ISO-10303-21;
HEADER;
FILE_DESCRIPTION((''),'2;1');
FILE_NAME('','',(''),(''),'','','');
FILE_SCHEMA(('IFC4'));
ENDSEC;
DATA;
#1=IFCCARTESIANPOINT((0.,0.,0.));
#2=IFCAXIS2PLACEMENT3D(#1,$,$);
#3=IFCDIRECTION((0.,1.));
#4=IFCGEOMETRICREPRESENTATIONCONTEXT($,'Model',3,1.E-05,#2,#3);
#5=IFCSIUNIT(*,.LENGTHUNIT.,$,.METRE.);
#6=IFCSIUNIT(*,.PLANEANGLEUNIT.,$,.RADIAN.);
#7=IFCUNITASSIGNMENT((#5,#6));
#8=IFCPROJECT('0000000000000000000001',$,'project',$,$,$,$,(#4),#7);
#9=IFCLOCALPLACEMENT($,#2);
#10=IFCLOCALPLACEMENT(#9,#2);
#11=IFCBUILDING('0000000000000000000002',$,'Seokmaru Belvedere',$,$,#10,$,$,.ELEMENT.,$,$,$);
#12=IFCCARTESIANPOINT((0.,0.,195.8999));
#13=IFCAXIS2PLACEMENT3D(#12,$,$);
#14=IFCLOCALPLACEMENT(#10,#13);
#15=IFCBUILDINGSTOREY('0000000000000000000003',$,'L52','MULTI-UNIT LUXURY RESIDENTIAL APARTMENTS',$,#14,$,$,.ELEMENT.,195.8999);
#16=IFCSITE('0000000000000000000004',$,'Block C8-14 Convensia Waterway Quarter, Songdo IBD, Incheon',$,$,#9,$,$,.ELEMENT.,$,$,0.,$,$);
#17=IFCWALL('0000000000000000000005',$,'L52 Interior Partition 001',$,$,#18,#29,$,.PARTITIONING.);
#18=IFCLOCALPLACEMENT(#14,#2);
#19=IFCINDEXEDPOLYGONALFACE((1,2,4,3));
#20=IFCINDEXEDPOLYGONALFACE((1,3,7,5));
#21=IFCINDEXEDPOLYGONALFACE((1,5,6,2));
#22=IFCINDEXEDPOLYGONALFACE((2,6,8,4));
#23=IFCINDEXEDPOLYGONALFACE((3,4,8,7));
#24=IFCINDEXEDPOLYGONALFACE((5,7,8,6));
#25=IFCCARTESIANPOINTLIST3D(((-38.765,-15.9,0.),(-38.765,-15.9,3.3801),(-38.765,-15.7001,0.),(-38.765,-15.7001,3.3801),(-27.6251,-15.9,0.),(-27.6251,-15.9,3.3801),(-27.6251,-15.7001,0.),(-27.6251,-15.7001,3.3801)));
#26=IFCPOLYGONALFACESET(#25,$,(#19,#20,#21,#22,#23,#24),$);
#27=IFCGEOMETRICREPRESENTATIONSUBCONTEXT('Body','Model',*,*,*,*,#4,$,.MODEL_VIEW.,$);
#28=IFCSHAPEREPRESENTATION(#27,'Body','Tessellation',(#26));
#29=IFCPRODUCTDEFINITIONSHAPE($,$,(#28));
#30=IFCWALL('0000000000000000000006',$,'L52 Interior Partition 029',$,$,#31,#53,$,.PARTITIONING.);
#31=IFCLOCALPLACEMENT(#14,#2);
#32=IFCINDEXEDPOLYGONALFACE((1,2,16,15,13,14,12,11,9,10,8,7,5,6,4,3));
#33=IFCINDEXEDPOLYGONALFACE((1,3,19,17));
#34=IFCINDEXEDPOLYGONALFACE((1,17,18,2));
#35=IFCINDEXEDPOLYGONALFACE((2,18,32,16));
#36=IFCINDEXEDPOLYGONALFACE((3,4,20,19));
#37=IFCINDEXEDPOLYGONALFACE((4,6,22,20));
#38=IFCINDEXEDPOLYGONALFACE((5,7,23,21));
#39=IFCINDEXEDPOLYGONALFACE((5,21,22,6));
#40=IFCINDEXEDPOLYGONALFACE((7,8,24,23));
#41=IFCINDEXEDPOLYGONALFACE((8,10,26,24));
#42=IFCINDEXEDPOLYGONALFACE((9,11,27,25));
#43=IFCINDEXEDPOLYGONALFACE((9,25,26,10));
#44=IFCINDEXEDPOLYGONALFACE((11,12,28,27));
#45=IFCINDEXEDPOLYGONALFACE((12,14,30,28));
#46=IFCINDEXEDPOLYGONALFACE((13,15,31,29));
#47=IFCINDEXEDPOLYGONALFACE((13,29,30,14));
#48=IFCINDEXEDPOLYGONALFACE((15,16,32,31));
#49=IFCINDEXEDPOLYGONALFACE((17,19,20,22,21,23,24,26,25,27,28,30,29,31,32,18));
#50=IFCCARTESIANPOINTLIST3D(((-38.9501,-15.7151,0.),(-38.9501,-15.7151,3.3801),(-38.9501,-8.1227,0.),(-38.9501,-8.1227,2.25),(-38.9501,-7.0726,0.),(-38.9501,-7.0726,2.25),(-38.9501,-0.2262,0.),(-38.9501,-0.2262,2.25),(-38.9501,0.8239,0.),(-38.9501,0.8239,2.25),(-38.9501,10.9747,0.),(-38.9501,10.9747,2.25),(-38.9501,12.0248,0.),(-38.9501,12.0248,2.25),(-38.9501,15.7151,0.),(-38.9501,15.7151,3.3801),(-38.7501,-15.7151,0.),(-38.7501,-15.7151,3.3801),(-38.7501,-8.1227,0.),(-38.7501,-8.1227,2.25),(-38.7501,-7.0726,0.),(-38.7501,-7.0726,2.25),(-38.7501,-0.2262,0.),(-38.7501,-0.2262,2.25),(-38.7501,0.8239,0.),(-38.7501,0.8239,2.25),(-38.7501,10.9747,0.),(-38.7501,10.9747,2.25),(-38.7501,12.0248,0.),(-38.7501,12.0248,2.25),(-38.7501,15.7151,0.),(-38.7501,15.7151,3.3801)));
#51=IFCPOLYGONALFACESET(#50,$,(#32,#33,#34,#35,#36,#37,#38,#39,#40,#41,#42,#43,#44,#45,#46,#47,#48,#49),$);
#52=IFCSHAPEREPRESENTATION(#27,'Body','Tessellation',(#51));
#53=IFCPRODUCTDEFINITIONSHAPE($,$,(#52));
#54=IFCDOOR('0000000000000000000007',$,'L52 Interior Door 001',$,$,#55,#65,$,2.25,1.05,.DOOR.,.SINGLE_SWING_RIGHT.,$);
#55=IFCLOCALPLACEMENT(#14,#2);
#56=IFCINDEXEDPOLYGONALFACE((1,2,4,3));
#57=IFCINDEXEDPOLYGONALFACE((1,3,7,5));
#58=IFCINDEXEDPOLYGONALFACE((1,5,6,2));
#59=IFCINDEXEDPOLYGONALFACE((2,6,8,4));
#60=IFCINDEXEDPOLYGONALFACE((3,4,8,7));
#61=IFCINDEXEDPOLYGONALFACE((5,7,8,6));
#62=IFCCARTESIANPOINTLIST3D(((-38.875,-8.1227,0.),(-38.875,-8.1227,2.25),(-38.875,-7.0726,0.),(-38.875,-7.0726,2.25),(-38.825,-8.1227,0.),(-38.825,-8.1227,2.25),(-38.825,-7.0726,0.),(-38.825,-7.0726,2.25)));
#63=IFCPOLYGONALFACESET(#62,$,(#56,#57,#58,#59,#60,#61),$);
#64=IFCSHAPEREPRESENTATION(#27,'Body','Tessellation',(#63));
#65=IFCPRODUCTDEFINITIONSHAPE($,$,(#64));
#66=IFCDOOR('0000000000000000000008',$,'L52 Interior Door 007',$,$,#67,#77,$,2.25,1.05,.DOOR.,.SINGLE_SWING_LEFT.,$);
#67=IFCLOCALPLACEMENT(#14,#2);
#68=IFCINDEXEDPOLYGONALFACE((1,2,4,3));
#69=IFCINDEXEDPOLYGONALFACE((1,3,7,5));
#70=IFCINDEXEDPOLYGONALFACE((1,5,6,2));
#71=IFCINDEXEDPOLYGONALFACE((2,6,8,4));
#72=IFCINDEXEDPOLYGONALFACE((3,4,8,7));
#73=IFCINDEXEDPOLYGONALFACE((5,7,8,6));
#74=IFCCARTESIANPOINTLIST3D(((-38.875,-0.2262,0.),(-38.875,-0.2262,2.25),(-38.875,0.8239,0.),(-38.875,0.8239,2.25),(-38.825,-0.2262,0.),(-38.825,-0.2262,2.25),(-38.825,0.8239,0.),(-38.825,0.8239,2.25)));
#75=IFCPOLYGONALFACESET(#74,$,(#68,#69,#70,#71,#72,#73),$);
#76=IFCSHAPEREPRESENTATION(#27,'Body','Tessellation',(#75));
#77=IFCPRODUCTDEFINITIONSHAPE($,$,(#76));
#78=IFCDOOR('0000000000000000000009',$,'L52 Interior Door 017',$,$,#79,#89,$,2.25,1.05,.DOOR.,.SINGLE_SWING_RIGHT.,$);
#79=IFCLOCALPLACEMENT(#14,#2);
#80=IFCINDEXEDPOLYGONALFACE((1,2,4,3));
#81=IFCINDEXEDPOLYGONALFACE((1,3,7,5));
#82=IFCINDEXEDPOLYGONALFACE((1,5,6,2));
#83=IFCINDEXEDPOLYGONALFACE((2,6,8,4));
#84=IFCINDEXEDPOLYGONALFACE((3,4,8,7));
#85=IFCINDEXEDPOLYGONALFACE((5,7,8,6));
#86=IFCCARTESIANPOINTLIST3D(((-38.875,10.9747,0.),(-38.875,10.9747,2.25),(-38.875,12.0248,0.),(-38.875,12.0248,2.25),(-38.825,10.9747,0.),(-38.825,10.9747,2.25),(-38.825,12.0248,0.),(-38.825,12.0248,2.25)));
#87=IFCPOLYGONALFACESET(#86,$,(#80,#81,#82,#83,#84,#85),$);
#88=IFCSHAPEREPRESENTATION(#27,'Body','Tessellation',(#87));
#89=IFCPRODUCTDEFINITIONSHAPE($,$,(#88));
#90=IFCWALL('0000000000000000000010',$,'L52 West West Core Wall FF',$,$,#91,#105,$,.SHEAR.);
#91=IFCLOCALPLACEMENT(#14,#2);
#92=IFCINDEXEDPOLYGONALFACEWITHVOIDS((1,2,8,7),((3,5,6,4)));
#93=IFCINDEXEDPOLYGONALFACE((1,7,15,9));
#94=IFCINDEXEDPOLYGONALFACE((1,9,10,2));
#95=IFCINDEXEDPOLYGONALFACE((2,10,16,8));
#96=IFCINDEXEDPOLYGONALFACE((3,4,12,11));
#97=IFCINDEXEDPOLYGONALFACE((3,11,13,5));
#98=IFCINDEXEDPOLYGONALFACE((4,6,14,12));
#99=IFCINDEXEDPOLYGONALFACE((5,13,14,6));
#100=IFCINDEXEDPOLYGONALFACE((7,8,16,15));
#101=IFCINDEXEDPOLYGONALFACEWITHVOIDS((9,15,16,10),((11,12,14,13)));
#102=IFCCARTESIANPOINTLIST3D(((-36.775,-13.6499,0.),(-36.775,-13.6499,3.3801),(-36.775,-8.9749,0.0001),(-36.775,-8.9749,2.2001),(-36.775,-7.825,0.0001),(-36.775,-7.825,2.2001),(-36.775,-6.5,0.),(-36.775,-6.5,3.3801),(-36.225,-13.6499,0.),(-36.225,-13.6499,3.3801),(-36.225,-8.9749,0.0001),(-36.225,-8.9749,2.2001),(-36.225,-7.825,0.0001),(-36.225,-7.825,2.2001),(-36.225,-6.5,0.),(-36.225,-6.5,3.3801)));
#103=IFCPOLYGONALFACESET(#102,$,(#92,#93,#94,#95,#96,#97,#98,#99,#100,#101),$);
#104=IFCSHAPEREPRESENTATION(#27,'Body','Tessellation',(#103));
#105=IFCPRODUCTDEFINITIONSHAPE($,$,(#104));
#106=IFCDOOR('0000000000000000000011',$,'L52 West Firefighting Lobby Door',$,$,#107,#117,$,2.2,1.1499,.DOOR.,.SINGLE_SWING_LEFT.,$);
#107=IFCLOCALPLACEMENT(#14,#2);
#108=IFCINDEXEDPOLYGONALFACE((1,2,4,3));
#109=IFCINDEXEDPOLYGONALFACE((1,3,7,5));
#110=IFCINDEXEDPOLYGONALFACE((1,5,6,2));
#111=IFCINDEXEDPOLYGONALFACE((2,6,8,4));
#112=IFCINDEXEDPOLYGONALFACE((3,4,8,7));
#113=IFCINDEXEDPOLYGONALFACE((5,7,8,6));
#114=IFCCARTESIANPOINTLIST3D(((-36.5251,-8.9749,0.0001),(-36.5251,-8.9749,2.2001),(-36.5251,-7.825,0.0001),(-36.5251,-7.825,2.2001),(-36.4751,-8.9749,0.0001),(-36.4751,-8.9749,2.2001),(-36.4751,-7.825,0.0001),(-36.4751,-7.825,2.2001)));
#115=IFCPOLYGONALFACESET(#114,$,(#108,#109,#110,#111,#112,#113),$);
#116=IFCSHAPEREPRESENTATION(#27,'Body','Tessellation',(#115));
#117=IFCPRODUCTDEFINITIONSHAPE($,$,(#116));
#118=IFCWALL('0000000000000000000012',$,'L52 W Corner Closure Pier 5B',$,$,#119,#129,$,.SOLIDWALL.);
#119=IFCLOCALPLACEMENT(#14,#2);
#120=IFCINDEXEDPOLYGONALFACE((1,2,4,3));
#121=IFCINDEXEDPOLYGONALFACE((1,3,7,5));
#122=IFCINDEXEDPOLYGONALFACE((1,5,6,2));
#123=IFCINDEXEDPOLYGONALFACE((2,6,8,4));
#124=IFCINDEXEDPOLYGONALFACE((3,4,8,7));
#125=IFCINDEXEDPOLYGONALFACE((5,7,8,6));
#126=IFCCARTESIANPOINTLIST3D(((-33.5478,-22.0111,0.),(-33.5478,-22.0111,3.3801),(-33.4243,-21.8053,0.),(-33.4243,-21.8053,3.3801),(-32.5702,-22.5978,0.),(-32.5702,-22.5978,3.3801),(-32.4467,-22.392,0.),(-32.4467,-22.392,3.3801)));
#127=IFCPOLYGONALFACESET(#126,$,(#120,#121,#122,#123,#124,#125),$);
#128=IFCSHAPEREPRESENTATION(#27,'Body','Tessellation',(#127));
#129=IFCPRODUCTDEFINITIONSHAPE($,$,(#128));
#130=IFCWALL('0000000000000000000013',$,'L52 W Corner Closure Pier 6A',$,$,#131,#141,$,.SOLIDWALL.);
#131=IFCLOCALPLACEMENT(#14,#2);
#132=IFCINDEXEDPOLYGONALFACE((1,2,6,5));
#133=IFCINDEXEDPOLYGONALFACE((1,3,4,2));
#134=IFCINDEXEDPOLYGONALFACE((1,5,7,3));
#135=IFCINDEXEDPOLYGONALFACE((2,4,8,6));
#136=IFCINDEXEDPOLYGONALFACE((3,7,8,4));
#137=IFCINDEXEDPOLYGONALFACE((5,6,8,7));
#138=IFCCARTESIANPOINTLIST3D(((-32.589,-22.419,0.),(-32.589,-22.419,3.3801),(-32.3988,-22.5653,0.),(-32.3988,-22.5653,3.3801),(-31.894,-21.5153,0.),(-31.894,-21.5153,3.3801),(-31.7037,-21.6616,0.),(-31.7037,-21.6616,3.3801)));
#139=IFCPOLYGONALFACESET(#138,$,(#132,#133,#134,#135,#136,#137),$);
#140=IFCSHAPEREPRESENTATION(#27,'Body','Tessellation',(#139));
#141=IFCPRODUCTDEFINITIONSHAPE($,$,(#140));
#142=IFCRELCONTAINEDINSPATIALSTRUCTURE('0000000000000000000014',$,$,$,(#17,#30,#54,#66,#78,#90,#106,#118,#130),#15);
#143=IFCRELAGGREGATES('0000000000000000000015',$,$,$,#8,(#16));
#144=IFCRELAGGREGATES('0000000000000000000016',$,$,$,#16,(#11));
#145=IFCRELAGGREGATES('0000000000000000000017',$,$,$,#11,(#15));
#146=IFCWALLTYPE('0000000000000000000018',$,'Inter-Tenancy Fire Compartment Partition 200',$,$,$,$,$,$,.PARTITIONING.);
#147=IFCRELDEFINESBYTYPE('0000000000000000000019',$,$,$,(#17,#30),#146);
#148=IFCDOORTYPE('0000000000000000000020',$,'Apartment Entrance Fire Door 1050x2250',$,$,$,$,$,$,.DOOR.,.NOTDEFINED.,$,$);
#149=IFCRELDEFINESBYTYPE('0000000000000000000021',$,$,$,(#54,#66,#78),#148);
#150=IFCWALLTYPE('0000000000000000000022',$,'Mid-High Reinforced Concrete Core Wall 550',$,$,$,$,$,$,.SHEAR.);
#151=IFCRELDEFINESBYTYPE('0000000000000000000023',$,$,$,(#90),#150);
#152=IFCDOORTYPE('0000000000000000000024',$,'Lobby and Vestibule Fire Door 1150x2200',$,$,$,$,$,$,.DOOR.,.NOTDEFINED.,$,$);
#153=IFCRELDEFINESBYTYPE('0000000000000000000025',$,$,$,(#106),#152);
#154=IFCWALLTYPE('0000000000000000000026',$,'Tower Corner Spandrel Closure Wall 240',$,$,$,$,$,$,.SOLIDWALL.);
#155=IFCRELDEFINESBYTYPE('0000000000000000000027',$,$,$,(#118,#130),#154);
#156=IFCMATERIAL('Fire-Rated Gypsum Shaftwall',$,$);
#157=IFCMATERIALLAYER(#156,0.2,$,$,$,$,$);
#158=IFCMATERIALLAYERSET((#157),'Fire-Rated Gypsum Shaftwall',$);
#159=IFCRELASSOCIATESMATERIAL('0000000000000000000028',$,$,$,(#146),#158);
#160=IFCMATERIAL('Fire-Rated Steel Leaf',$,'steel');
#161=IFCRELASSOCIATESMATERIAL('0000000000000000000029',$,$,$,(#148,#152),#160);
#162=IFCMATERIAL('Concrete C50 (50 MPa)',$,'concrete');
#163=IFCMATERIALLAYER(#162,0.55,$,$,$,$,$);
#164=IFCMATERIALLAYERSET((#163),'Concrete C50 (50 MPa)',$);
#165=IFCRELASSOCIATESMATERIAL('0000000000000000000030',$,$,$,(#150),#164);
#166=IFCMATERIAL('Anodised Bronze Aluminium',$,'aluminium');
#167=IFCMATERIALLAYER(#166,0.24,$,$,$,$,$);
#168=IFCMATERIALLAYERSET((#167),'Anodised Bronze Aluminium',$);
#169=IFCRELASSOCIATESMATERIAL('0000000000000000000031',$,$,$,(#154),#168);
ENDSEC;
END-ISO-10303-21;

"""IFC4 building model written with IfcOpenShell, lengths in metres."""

from ifc_helpers import new_model, si_unit, direction, frame, frame_2d, origin, place, context, subcontext, project, spatial, rectangle, extrude, source, transform, mapped, material, layer, layer_set, type_object, type_shapes, element, fill, save


model = new_model("IFC4")

# Units and contexts
model_context = context("Model", 3, precision=1e-05, world=origin(), true_north=direction((0.0, 1.0)))
body_context = subcontext(model_context, "Body", "Model", "MODEL_VIEW")
ifc_project = project(units=[si_unit("LENGTHUNIT", "METRE"), si_unit("PLANEANGLEUNIT", "RADIAN")], contexts=[model_context])

# Site, building, storey
site_placement = place(None, origin())
site = spatial("IfcSite", under=ifc_project, at=site_placement, Name="Block C8-14 Convensia Waterway Quarter, Songdo IBD, Incheon", CompositionType="ELEMENT", RefElevation=0.0)
building_placement = place(site_placement, origin())
building = spatial("IfcBuilding", under=site, at=building_placement, Name="Seokmaru Belvedere", CompositionType="ELEMENT")
storey_placement = place(building_placement, frame((0.0, 0.0, 195.8999)))
storey = spatial("IfcBuildingStorey", under=building, at=storey_placement, Name="L52", Description="MULTI-UNIT LUXURY RESIDENTIAL APARTMENTS", CompositionType="ELEMENT", Elevation=195.8999)

# Shared definitions
ifc_material_1 = material(Name="Anodised Bronze Aluminium", Category="aluminium")

# Shared definitions
ifc_material_2 = material(Name="Fire-Rated Gypsum Shaftwall")

# Wall
ifc_layer_1 = layer(ifc_material_2, 0.2)
ifc_layer_set_1 = layer_set([ifc_layer_1], Name="Fire-Rated Gypsum Shaftwall")
wall_type_1 = type_object("IfcWallType", Name="Inter-Tenancy Fire Compartment Partition 200", PredefinedType="PARTITIONING", material=ifc_layer_set_1)
wall_1_placement = place(storey_placement, frame((-38.7649, -15.8, 0.0), z_axis=(0.0, 0.0, 1.0), x_axis=(1.0, 0.0, 0.0)))
element("IfcWall", 1, at=wall_1_placement, inside=storey, type_object=wall_type_1, Name="L52 Interior Partition 001", PredefinedType="PARTITIONING", context=body_context, shape_type="SweptSolid", body=[
    extrude(rectangle(XDim=11.1399, YDim=0.2, at=frame_2d((5.5698, 0.0))), origin(), (0.0, 0.0, 1.0), 3.3801),
])

# Wall, openings, doors
wall_2_placement = place(storey_placement, frame((-38.8501, -15.7151, 0.0), z_axis=(0.0, 0.0, 1.0), x_axis=(0.0, 1.0, 0.0)))
wall_2 = element("IfcWall", 2, at=wall_2_placement, inside=storey, type_object=wall_type_1, Name="L52 Interior Partition 029", PredefinedType="PARTITIONING", context=body_context, shape_type="SweptSolid", body=[
    extrude(rectangle(XDim=31.4302, YDim=0.2, at=frame_2d((15.7151, 0.0))), origin(), (0.0, 0.0, 1.0), 3.3801),
])
opening_1_placement = place(wall_2_placement, frame((7.5925, 0.0, 0.0)))
opening_1 = element("IfcOpeningElement", 3, at=opening_1_placement, cuts=wall_2, PredefinedType="OPENING", context=body_context, shape_type="SweptSolid", body=[
    extrude(rectangle(XDim=1.05, YDim=2.25, at=frame_2d((0.5249, 1.125))), frame((0.0, 0.1099, 0.0), z_axis=(0.0, -1.0, 0.0), x_axis=(1.0, 0.0, 0.0)), (0.0, 0.0, 1.0), 0.22),
])
opening_2_placement = place(wall_2_placement, frame((15.489, 0.0, 0.0)))
opening_2 = element("IfcOpeningElement", 4, at=opening_2_placement, cuts=wall_2, PredefinedType="OPENING", context=body_context, shape_type="SweptSolid", body=[
    extrude(rectangle(XDim=1.05, YDim=2.25, at=frame_2d((0.5249, 1.125))), frame((0.0, 0.1099, 0.0), z_axis=(0.0, -1.0, 0.0), x_axis=(1.0, 0.0, 0.0)), (0.0, 0.0, 1.0), 0.22),
])
opening_3_placement = place(wall_2_placement, frame((26.6899, 0.0, 0.0)))
opening_3 = element("IfcOpeningElement", 5, at=opening_3_placement, cuts=wall_2, PredefinedType="OPENING", context=body_context, shape_type="SweptSolid", body=[
    extrude(rectangle(XDim=1.05, YDim=2.25, at=frame_2d((0.5249, 1.125))), frame((0.0, 0.1099, 0.0), z_axis=(0.0, -1.0, 0.0), x_axis=(1.0, 0.0, 0.0)), (0.0, 0.0, 1.0), 0.22),
])
ifc_material_3 = material(Name="Fire-Rated Steel Leaf", Category="steel")
door_type_1 = type_object("IfcDoorType", Name="Apartment Entrance Fire Door 1050x2250", OperationType="NOTDEFINED", PredefinedType="DOOR", material=ifc_material_3)
shared_shape_1 = source(origin(), body_context, "Body", "SweptSolid", [
    extrude(rectangle(XDim=1.05, YDim=2.25, at=frame_2d((0.5249, 1.125))), frame((0.0, 0.0249, 0.0), z_axis=(0.0, -1.0, 0.0), x_axis=(1.0, 0.0, 0.0)), (0.0, 0.0, 1.0), 0.05),
])
type_shapes(door_type_1, [shared_shape_1])
door_1_placement = place(opening_1_placement, origin())
door_1 = element("IfcDoor", 6, at=door_1_placement, inside=storey, type_object=door_type_1, Name="L52 Interior Door 001", OperationType="SINGLE_SWING_RIGHT", OverallHeight=2.25, OverallWidth=1.05, PredefinedType="DOOR", context=body_context, shape_type="MappedRepresentation", body=[
    mapped(shared_shape_1, transform((0.0, 0.0, 0.0), scale=1.0)),
])
fill(opening_1, door_1)
door_2_placement = place(opening_2_placement, origin())
door_2 = element("IfcDoor", 7, at=door_2_placement, inside=storey, type_object=door_type_1, Name="L52 Interior Door 007", OperationType="SINGLE_SWING_LEFT", OverallHeight=2.25, OverallWidth=1.05, PredefinedType="DOOR", context=body_context, shape_type="MappedRepresentation", body=[
    mapped(shared_shape_1, transform((0.0, 0.0, 0.0), scale=1.0)),
])
fill(opening_2, door_2)
door_3_placement = place(opening_3_placement, origin())
door_3 = element("IfcDoor", 8, at=door_3_placement, inside=storey, type_object=door_type_1, Name="L52 Interior Door 017", OperationType="SINGLE_SWING_RIGHT", OverallHeight=2.25, OverallWidth=1.05, PredefinedType="DOOR", context=body_context, shape_type="MappedRepresentation", body=[
    mapped(shared_shape_1, transform((0.0, 0.0, 0.0), scale=1.0)),
])
fill(opening_3, door_3)

# Wall, opening, door
ifc_material_4 = material(Name="Concrete C50 (50 MPa)", Category="concrete")
ifc_layer_2 = layer(ifc_material_4, 0.55)
ifc_layer_set_2 = layer_set([ifc_layer_2], Name="Concrete C50 (50 MPa)")
wall_type_2 = type_object("IfcWallType", Name="Mid-High Reinforced Concrete Core Wall 550", PredefinedType="SHEAR", material=ifc_layer_set_2)
wall_3_placement = place(storey_placement, frame((-36.5, -13.6499, 0.0), z_axis=(0.0, 0.0, 1.0), x_axis=(0.0, 1.0, 0.0)))
wall_3 = element("IfcWall", 9, at=wall_3_placement, inside=storey, type_object=wall_type_2, Name="L52 West West Core Wall FF", PredefinedType="SHEAR", context=body_context, shape_type="SweptSolid", body=[
    extrude(rectangle(XDim=7.1499, YDim=0.55, at=frame_2d((3.575, 0.0))), origin(), (0.0, 0.0, 1.0), 3.3801),
])
opening_4_placement = place(wall_3_placement, frame((4.675, 0.0, 0.0)))
opening_4 = element("IfcOpeningElement", 10, at=opening_4_placement, cuts=wall_3, PredefinedType="OPENING", context=body_context, shape_type="SweptSolid", body=[
    extrude(rectangle(XDim=1.1499, YDim=2.2, at=frame_2d((0.575, 1.1001))), frame((0.0, 0.2852, 0.0), z_axis=(0.0, -1.0, 0.0), x_axis=(1.0, 0.0, 0.0)), (0.0, 0.0, 1.0), 0.5701),
])
door_type_2 = type_object("IfcDoorType", Name="Lobby and Vestibule Fire Door 1150x2200", OperationType="NOTDEFINED", PredefinedType="DOOR", material=ifc_material_3)
shared_shape_2 = source(origin(), body_context, "Body", "SweptSolid", [
    extrude(rectangle(XDim=1.1499, YDim=2.2, at=frame_2d((0.575, 1.1001))), frame((0.0, 0.0249, 0.0), z_axis=(0.0, -1.0, 0.0), x_axis=(1.0, 0.0, 0.0)), (0.0, 0.0, 1.0), 0.05),
])
type_shapes(door_type_2, [shared_shape_2])
door_4_placement = place(opening_4_placement, frame((1.1499, 0.0, 0.0), z_axis=(0.0, 0.0, 1.0), x_axis=(-1.0, 0.0, 0.0)))
door_4 = element("IfcDoor", 11, at=door_4_placement, inside=storey, type_object=door_type_2, Name="L52 West Firefighting Lobby Door", OperationType="SINGLE_SWING_LEFT", OverallHeight=2.2, OverallWidth=1.1499, PredefinedType="DOOR", context=body_context, shape_type="MappedRepresentation", body=[
    mapped(shared_shape_2, transform((0.0, 0.0, 0.0), scale=1.0)),
])
fill(opening_4, door_4)

# Walls
ifc_layer_3 = layer(ifc_material_1, 0.24)
ifc_layer_set_3 = layer_set([ifc_layer_3], Name="Anodised Bronze Aluminium")
wall_type_3 = type_object("IfcWallType", Name="Tower Corner Spandrel Closure Wall 240", PredefinedType="SOLIDWALL", material=ifc_layer_set_3)
for number, where, z_axis, x_axis, name in (
    (12, (-33.4861, -21.9082, 0.0), (0.0, 0.0, 1.0), (0.857436, -0.51459, 0.0), "L52 W Corner Closure Pier 5B"),
    (13, (-32.4939, -22.4922, 0.0), (0.0, 0.0, 1.0), (0.609618, 0.792696, 0.0), "L52 W Corner Closure Pier 6A"),
):
    element("IfcWall", number, at=place(storey_placement, frame(where, z_axis=z_axis, x_axis=x_axis)), inside=storey, type_object=wall_type_3, Name=name, PredefinedType="SOLIDWALL", context=body_context, shape_type="SweptSolid", body=[
        extrude(rectangle(XDim=1.1401, YDim=0.24, at=frame_2d((0.5701, 0.0))), origin(), (0.0, 0.0, 1.0), 3.3801),
    ])

save(model, "model.ifc")
